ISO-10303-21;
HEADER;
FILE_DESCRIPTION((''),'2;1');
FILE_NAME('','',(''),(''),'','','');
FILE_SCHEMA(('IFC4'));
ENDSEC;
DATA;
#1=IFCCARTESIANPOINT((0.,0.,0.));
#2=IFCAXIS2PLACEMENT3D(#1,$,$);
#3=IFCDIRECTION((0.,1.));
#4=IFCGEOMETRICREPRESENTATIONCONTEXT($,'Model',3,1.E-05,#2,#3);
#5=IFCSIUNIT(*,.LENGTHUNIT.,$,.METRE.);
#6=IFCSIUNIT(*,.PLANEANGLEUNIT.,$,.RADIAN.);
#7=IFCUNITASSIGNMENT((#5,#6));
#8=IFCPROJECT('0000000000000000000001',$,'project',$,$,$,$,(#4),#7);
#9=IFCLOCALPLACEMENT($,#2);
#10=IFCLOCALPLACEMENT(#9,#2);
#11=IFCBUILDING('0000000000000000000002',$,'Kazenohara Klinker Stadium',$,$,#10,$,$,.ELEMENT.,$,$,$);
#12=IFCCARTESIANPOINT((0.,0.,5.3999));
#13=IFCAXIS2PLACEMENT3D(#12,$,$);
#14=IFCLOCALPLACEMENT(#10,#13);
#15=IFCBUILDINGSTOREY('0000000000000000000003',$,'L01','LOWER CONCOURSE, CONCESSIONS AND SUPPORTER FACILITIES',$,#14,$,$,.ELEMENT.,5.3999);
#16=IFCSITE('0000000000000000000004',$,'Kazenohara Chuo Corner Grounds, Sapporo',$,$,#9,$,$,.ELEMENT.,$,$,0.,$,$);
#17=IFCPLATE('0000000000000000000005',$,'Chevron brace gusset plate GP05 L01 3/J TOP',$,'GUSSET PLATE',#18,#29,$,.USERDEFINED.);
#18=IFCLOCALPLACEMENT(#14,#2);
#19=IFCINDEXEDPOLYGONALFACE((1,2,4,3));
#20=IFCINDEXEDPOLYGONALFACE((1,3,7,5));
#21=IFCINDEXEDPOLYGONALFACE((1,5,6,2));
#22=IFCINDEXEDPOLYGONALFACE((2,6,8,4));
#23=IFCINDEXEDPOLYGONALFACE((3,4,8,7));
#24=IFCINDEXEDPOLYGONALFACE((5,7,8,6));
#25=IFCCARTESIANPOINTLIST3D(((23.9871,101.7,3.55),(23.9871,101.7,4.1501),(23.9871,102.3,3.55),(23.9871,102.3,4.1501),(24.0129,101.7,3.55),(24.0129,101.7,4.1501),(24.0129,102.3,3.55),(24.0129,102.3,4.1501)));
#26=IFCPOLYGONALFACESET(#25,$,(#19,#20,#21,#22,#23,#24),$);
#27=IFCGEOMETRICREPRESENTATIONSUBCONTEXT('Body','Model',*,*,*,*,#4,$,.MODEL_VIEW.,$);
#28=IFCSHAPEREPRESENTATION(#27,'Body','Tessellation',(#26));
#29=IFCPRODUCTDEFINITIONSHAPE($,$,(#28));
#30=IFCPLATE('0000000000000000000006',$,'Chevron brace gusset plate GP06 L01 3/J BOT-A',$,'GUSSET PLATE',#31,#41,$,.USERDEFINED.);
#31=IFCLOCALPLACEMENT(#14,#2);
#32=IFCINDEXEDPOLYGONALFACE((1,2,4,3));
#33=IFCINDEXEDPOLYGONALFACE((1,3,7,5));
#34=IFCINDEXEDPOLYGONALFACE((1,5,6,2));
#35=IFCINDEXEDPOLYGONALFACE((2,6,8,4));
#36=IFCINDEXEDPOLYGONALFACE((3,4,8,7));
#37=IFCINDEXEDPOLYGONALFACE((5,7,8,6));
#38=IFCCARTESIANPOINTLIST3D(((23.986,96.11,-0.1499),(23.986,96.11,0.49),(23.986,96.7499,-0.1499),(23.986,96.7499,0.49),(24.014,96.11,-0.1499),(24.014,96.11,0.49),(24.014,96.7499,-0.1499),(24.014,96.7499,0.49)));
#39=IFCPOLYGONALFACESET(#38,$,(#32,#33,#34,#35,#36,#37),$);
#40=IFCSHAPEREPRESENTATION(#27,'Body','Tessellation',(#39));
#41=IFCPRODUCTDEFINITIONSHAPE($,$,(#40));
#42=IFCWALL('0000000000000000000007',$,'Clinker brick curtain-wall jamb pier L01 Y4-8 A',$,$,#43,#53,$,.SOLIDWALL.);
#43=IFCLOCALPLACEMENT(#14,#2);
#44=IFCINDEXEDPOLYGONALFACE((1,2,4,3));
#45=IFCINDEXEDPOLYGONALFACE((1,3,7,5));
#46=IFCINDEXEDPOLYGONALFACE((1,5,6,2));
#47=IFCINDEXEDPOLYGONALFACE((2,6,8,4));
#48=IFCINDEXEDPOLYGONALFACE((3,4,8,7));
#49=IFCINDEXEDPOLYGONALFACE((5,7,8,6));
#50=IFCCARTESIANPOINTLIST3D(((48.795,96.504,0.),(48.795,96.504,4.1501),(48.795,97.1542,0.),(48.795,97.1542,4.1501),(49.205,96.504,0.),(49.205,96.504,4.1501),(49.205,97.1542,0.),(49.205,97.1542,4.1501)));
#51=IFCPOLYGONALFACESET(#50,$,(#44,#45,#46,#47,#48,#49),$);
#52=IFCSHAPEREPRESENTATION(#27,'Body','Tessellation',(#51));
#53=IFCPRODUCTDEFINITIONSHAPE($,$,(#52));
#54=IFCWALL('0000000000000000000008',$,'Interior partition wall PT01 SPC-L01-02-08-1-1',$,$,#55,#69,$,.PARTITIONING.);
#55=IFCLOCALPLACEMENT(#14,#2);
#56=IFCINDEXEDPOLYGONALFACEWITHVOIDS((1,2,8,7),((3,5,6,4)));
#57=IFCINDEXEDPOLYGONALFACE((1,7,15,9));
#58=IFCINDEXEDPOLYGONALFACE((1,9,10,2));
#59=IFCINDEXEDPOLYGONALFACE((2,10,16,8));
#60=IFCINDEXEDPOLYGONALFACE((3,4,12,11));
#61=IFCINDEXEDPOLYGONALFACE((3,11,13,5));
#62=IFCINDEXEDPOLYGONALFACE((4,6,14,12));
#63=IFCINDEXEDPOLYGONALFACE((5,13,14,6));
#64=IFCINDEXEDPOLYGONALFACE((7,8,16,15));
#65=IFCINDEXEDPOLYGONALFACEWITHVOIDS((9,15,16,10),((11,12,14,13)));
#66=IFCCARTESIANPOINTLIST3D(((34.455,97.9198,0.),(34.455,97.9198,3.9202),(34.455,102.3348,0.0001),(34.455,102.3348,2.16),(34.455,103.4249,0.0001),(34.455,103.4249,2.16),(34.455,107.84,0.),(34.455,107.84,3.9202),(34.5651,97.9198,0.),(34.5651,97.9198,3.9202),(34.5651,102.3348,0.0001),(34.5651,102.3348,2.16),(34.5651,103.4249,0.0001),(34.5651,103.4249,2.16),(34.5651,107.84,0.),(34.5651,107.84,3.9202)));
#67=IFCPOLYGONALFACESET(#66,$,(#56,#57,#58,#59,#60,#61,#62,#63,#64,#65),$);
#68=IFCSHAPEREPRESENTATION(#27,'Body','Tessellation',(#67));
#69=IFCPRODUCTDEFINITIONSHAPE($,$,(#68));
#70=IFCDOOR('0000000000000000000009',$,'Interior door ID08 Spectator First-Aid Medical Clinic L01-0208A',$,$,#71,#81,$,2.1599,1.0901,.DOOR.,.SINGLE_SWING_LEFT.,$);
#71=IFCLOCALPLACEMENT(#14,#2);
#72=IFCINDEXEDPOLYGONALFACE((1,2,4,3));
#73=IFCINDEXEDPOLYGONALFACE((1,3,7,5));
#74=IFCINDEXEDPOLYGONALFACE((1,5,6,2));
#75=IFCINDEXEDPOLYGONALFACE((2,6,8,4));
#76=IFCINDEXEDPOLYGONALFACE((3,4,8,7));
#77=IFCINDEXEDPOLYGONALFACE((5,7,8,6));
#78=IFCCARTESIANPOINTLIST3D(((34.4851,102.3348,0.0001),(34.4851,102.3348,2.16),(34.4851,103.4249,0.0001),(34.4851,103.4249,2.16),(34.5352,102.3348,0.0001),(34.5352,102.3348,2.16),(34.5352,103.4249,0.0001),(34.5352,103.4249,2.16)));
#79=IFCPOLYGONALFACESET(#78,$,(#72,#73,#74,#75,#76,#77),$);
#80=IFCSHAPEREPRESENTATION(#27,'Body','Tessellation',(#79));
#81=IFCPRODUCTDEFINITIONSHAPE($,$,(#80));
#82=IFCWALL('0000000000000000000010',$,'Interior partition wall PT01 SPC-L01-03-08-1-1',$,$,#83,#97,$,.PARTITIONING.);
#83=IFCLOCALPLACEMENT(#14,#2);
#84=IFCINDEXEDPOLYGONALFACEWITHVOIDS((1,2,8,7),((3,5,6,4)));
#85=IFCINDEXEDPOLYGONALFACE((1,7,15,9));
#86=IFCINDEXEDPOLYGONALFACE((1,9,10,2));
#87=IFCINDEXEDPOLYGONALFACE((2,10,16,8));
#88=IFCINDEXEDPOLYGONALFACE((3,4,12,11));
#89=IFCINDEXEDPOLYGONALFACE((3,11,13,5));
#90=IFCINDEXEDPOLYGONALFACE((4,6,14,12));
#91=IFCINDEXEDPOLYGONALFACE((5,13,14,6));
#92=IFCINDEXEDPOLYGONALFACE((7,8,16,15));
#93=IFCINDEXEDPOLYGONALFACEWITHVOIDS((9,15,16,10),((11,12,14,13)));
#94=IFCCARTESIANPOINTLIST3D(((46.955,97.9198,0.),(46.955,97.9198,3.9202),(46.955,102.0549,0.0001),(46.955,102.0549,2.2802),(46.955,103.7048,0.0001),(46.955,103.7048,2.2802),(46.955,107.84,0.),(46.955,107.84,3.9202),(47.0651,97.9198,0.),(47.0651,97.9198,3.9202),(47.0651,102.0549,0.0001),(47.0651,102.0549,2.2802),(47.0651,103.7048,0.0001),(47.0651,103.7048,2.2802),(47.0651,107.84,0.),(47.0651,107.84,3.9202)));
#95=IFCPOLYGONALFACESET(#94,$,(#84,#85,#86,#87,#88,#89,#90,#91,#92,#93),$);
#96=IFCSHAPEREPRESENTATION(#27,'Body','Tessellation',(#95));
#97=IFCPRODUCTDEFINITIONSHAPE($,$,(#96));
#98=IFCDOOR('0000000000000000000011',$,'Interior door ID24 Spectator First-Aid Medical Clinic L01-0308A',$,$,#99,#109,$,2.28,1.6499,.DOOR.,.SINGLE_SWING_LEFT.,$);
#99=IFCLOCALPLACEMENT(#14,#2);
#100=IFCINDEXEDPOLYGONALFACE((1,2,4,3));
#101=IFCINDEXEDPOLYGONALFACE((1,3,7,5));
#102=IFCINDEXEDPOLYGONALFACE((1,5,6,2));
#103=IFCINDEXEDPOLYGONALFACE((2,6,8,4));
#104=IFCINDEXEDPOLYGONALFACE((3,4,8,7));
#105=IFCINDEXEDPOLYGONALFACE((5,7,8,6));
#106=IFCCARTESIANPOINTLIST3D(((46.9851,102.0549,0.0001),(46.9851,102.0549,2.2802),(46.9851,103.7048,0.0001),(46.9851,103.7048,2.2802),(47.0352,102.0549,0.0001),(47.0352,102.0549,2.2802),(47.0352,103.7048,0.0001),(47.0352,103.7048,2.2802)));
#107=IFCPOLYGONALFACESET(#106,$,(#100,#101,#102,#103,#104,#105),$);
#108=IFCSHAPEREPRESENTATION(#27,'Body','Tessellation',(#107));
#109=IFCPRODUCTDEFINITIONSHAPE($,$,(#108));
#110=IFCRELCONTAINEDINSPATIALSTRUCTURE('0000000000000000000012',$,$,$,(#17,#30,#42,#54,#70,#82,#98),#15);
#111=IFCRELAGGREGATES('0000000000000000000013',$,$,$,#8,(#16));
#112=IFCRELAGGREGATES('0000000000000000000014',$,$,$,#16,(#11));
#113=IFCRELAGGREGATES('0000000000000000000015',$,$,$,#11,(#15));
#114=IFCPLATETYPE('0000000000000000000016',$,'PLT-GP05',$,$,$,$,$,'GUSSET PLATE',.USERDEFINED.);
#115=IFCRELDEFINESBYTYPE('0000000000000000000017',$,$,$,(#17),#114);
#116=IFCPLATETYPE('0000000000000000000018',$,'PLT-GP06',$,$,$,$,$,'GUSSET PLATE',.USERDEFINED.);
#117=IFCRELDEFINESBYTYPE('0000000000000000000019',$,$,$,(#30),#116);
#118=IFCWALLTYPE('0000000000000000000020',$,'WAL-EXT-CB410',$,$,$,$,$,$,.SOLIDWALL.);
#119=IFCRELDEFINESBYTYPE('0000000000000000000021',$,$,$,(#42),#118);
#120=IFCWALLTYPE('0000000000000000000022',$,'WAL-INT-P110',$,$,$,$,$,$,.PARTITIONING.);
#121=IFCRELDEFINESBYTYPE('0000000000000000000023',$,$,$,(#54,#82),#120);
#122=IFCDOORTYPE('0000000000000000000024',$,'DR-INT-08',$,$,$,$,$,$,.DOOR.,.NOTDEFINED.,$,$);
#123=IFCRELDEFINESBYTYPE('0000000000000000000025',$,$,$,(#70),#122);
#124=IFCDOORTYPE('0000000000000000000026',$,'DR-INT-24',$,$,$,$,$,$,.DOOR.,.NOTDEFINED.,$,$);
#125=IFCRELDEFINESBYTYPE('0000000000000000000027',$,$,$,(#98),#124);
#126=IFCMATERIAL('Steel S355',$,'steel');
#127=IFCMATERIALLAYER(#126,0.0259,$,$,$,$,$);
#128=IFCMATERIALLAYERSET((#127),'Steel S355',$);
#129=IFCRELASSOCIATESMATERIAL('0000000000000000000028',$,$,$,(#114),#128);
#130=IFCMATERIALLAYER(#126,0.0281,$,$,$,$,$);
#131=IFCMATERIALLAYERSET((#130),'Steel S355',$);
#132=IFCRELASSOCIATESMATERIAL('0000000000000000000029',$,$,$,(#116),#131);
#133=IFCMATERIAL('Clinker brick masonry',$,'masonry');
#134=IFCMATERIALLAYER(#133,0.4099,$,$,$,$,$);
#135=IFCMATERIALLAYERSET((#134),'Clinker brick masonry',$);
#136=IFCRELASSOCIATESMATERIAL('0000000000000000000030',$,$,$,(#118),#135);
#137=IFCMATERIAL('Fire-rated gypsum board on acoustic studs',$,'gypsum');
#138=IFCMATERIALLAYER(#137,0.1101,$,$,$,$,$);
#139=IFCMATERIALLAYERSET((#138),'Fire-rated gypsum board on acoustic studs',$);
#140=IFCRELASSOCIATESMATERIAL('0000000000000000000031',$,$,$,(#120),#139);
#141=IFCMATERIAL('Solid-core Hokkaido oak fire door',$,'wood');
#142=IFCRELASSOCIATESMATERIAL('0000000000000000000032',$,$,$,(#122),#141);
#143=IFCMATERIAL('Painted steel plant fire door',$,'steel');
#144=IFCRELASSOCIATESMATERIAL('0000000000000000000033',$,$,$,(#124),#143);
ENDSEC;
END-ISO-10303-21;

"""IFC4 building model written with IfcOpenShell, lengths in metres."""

from ifc_helpers import new_model, si_unit, direction, frame, frame_2d, origin, origin_2d, place, context, subcontext, project, spatial, rectangle, extrude, material, layer, layer_set, type_object, element, fill, save


model = new_model("IFC4")

# Units and contexts
model_context = context("Model", 3, precision=1e-05, world=origin(), true_north=direction((0.0, 1.0)))
body_context = subcontext(model_context, "Body", "Model", "MODEL_VIEW")
ifc_project = project(units=[si_unit("LENGTHUNIT", "METRE"), si_unit("PLANEANGLEUNIT", "RADIAN")], contexts=[model_context])

# Site, building, storey
site_placement = place(None, origin())
site = spatial("IfcSite", under=ifc_project, at=site_placement, Name="Kazenohara Chuo Corner Grounds, Sapporo", CompositionType="ELEMENT", RefElevation=0.0)
building_placement = place(site_placement, origin())
building = spatial("IfcBuilding", under=site, at=building_placement, Name="Kazenohara Klinker Stadium", CompositionType="ELEMENT")
storey_placement = place(building_placement, frame((0.0, 0.0, 5.3999)))
storey = spatial("IfcBuildingStorey", under=building, at=storey_placement, Name="L01", Description="LOWER CONCOURSE, CONCESSIONS AND SUPPORTER FACILITIES", CompositionType="ELEMENT", Elevation=5.3999)

# Shared definitions
ifc_material_1 = material(Name="Steel S355", Category="steel")

# Plates
ifc_layer_1 = layer(ifc_material_1, 0.0259)
ifc_layer_set_1 = layer_set([ifc_layer_1], Name="Steel S355")
plate_type_1 = type_object("IfcPlateType", Name="PLT-GP05", ElementType="GUSSET PLATE", PredefinedType="USERDEFINED", material=ifc_layer_set_1)
plate_1_placement = place(storey_placement, frame((24.0, 102.0, 3.55), z_axis=(0.0, 0.0, 1.0), x_axis=(1.0, 0.0, 0.0)))
element("IfcPlate", 1, at=plate_1_placement, inside=storey, type_object=plate_type_1, Name="Chevron brace gusset plate GP05 L01 3/J TOP", ObjectType="GUSSET PLATE", PredefinedType="USERDEFINED", context=body_context, shape_type="SweptSolid", body=[
    extrude(rectangle(XDim=0.0259, YDim=0.6001, at=origin_2d()), origin(), (0.0, 0.0, 1.0), 0.6001),
])
ifc_layer_2 = layer(ifc_material_1, 0.0281)
ifc_layer_set_2 = layer_set([ifc_layer_2], Name="Steel S355")
plate_type_2 = type_object("IfcPlateType", Name="PLT-GP06", ElementType="GUSSET PLATE", PredefinedType="USERDEFINED", material=ifc_layer_set_2)
plate_2_placement = place(storey_placement, frame((24.0, 96.4299, -0.1499), z_axis=(0.0, 0.0, 1.0), x_axis=(1.0, 0.0, 0.0)))
element("IfcPlate", 2, at=plate_2_placement, inside=storey, type_object=plate_type_2, Name="Chevron brace gusset plate GP06 L01 3/J BOT-A", ObjectType="GUSSET PLATE", PredefinedType="USERDEFINED", context=body_context, shape_type="SweptSolid", body=[
    extrude(rectangle(XDim=0.0281, YDim=0.6399, at=origin_2d()), origin(), (0.0, 0.0, 1.0), 0.6399),
])

# Wall
ifc_material_2 = material(Name="Clinker brick masonry", Category="masonry")
ifc_layer_3 = layer(ifc_material_2, 0.4099)
ifc_layer_set_3 = layer_set([ifc_layer_3], Name="Clinker brick masonry")
wall_type_1 = type_object("IfcWallType", Name="WAL-EXT-CB410", PredefinedType="SOLIDWALL", material=ifc_layer_set_3)
wall_1_placement = place(storey_placement, frame((49.0, 96.5039, 0.0), z_axis=(0.0, 0.0, 1.0), x_axis=(0.0, 1.0, 0.0)))
element("IfcWall", 3, at=wall_1_placement, inside=storey, type_object=wall_type_1, Name="Clinker brick curtain-wall jamb pier L01 Y4-8 A", PredefinedType="SOLIDWALL", context=body_context, shape_type="SweptSolid", body=[
    extrude(rectangle(XDim=0.6501, YDim=0.4099, at=frame_2d((0.3252, 0.0))), origin(), (0.0, 0.0, 1.0), 4.1501),
])

# Walls, openings, doors
ifc_material_3 = material(Name="Fire-rated gypsum board on acoustic studs", Category="gypsum")
ifc_layer_4 = layer(ifc_material_3, 0.1101)
ifc_layer_set_4 = layer_set([ifc_layer_4], Name="Fire-rated gypsum board on acoustic studs")
wall_type_2 = type_object("IfcWallType", Name="WAL-INT-P110", PredefinedType="PARTITIONING", material=ifc_layer_set_4)
wall_2_placement = place(storey_placement, frame((34.51, 97.9199, 0.0), z_axis=(0.0, 0.0, 1.0), x_axis=(0.0, 1.0, 0.0)))
wall_2 = element("IfcWall", 4, at=wall_2_placement, inside=storey, type_object=wall_type_2, Name="Interior partition wall PT01 SPC-L01-02-08-1-1", PredefinedType="PARTITIONING", context=body_context, shape_type="SweptSolid", body=[
    extrude(rectangle(XDim=9.9202, YDim=0.1101, at=frame_2d((4.96, 0.0))), origin(), (0.0, 0.0, 1.0), 3.9202),
])
opening_1_placement = place(wall_2_placement, frame((4.415, 0.0, 0.0)))
opening_1 = element("IfcOpeningElement", 5, at=opening_1_placement, cuts=wall_2, PredefinedType="OPENING", context=body_context, shape_type="SweptSolid", body=[
    extrude(rectangle(XDim=1.0901, YDim=2.1599, at=frame_2d((0.5449, 1.0801))), frame((0.0, 0.0649, 0.0), z_axis=(0.0, -1.0, 0.0), x_axis=(1.0, 0.0, 0.0)), (0.0, 0.0, 1.0), 0.1301),
])
ifc_material_4 = material(Name="Solid-core Hokkaido oak fire door", Category="wood")
door_type_1 = type_object("IfcDoorType", Name="DR-INT-08", OperationType="NOTDEFINED", PredefinedType="DOOR", material=ifc_material_4)
door_1_placement = place(opening_1_placement, origin())
door_1 = element("IfcDoor", 6, at=door_1_placement, inside=storey, type_object=door_type_1, Name="Interior door ID08 Spectator First-Aid Medical Clinic L01-0208A", OperationType="SINGLE_SWING_LEFT", OverallHeight=2.1599, OverallWidth=1.0901, PredefinedType="DOOR", context=body_context, shape_type="SweptSolid", body=[
    extrude(rectangle(XDim=1.0901, YDim=2.1599, at=frame_2d((0.5449, 1.0801))), frame((0.0, 0.0249, 0.0), z_axis=(0.0, -1.0, 0.0), x_axis=(1.0, 0.0, 0.0)), (0.0, 0.0, 1.0), 0.05),
])
fill(opening_1, door_1)
wall_3_placement = place(storey_placement, frame((47.01, 97.9199, 0.0), z_axis=(0.0, 0.0, 1.0), x_axis=(0.0, 1.0, 0.0)))
wall_3 = element("IfcWall", 7, at=wall_3_placement, inside=storey, type_object=wall_type_2, Name="Interior partition wall PT01 SPC-L01-03-08-1-1", PredefinedType="PARTITIONING", context=body_context, shape_type="SweptSolid", body=[
    extrude(rectangle(XDim=9.9202, YDim=0.1101, at=frame_2d((4.96, 0.0))), origin(), (0.0, 0.0, 1.0), 3.9202),
])
opening_2_placement = place(wall_3_placement, frame((4.135, 0.0, 0.0)))
opening_2 = element("IfcOpeningElement", 8, at=opening_2_placement, cuts=wall_3, PredefinedType="OPENING", context=body_context, shape_type="SweptSolid", body=[
    extrude(rectangle(XDim=1.6499, YDim=2.28, at=frame_2d((0.825, 1.1401))), frame((0.0, 0.0649, 0.0), z_axis=(0.0, -1.0, 0.0), x_axis=(1.0, 0.0, 0.0)), (0.0, 0.0, 1.0), 0.1301),
])
ifc_material_5 = material(Name="Painted steel plant fire door", Category="steel")
door_type_2 = type_object("IfcDoorType", Name="DR-INT-24", OperationType="NOTDEFINED", PredefinedType="DOOR", material=ifc_material_5)
door_2_placement = place(opening_2_placement, origin())
door_2 = element("IfcDoor", 9, at=door_2_placement, inside=storey, type_object=door_type_2, Name="Interior door ID24 Spectator First-Aid Medical Clinic L01-0308A", OperationType="SINGLE_SWING_LEFT", OverallHeight=2.28, OverallWidth=1.6499, PredefinedType="DOOR", context=body_context, shape_type="SweptSolid", body=[
    extrude(rectangle(XDim=1.6499, YDim=2.28, at=frame_2d((0.825, 1.1401))), frame((0.0, 0.0249, 0.0), z_axis=(0.0, -1.0, 0.0), x_axis=(1.0, 0.0, 0.0)), (0.0, 0.0, 1.0), 0.05),
])
fill(opening_2, door_2)

save(model, "model.ifc")
